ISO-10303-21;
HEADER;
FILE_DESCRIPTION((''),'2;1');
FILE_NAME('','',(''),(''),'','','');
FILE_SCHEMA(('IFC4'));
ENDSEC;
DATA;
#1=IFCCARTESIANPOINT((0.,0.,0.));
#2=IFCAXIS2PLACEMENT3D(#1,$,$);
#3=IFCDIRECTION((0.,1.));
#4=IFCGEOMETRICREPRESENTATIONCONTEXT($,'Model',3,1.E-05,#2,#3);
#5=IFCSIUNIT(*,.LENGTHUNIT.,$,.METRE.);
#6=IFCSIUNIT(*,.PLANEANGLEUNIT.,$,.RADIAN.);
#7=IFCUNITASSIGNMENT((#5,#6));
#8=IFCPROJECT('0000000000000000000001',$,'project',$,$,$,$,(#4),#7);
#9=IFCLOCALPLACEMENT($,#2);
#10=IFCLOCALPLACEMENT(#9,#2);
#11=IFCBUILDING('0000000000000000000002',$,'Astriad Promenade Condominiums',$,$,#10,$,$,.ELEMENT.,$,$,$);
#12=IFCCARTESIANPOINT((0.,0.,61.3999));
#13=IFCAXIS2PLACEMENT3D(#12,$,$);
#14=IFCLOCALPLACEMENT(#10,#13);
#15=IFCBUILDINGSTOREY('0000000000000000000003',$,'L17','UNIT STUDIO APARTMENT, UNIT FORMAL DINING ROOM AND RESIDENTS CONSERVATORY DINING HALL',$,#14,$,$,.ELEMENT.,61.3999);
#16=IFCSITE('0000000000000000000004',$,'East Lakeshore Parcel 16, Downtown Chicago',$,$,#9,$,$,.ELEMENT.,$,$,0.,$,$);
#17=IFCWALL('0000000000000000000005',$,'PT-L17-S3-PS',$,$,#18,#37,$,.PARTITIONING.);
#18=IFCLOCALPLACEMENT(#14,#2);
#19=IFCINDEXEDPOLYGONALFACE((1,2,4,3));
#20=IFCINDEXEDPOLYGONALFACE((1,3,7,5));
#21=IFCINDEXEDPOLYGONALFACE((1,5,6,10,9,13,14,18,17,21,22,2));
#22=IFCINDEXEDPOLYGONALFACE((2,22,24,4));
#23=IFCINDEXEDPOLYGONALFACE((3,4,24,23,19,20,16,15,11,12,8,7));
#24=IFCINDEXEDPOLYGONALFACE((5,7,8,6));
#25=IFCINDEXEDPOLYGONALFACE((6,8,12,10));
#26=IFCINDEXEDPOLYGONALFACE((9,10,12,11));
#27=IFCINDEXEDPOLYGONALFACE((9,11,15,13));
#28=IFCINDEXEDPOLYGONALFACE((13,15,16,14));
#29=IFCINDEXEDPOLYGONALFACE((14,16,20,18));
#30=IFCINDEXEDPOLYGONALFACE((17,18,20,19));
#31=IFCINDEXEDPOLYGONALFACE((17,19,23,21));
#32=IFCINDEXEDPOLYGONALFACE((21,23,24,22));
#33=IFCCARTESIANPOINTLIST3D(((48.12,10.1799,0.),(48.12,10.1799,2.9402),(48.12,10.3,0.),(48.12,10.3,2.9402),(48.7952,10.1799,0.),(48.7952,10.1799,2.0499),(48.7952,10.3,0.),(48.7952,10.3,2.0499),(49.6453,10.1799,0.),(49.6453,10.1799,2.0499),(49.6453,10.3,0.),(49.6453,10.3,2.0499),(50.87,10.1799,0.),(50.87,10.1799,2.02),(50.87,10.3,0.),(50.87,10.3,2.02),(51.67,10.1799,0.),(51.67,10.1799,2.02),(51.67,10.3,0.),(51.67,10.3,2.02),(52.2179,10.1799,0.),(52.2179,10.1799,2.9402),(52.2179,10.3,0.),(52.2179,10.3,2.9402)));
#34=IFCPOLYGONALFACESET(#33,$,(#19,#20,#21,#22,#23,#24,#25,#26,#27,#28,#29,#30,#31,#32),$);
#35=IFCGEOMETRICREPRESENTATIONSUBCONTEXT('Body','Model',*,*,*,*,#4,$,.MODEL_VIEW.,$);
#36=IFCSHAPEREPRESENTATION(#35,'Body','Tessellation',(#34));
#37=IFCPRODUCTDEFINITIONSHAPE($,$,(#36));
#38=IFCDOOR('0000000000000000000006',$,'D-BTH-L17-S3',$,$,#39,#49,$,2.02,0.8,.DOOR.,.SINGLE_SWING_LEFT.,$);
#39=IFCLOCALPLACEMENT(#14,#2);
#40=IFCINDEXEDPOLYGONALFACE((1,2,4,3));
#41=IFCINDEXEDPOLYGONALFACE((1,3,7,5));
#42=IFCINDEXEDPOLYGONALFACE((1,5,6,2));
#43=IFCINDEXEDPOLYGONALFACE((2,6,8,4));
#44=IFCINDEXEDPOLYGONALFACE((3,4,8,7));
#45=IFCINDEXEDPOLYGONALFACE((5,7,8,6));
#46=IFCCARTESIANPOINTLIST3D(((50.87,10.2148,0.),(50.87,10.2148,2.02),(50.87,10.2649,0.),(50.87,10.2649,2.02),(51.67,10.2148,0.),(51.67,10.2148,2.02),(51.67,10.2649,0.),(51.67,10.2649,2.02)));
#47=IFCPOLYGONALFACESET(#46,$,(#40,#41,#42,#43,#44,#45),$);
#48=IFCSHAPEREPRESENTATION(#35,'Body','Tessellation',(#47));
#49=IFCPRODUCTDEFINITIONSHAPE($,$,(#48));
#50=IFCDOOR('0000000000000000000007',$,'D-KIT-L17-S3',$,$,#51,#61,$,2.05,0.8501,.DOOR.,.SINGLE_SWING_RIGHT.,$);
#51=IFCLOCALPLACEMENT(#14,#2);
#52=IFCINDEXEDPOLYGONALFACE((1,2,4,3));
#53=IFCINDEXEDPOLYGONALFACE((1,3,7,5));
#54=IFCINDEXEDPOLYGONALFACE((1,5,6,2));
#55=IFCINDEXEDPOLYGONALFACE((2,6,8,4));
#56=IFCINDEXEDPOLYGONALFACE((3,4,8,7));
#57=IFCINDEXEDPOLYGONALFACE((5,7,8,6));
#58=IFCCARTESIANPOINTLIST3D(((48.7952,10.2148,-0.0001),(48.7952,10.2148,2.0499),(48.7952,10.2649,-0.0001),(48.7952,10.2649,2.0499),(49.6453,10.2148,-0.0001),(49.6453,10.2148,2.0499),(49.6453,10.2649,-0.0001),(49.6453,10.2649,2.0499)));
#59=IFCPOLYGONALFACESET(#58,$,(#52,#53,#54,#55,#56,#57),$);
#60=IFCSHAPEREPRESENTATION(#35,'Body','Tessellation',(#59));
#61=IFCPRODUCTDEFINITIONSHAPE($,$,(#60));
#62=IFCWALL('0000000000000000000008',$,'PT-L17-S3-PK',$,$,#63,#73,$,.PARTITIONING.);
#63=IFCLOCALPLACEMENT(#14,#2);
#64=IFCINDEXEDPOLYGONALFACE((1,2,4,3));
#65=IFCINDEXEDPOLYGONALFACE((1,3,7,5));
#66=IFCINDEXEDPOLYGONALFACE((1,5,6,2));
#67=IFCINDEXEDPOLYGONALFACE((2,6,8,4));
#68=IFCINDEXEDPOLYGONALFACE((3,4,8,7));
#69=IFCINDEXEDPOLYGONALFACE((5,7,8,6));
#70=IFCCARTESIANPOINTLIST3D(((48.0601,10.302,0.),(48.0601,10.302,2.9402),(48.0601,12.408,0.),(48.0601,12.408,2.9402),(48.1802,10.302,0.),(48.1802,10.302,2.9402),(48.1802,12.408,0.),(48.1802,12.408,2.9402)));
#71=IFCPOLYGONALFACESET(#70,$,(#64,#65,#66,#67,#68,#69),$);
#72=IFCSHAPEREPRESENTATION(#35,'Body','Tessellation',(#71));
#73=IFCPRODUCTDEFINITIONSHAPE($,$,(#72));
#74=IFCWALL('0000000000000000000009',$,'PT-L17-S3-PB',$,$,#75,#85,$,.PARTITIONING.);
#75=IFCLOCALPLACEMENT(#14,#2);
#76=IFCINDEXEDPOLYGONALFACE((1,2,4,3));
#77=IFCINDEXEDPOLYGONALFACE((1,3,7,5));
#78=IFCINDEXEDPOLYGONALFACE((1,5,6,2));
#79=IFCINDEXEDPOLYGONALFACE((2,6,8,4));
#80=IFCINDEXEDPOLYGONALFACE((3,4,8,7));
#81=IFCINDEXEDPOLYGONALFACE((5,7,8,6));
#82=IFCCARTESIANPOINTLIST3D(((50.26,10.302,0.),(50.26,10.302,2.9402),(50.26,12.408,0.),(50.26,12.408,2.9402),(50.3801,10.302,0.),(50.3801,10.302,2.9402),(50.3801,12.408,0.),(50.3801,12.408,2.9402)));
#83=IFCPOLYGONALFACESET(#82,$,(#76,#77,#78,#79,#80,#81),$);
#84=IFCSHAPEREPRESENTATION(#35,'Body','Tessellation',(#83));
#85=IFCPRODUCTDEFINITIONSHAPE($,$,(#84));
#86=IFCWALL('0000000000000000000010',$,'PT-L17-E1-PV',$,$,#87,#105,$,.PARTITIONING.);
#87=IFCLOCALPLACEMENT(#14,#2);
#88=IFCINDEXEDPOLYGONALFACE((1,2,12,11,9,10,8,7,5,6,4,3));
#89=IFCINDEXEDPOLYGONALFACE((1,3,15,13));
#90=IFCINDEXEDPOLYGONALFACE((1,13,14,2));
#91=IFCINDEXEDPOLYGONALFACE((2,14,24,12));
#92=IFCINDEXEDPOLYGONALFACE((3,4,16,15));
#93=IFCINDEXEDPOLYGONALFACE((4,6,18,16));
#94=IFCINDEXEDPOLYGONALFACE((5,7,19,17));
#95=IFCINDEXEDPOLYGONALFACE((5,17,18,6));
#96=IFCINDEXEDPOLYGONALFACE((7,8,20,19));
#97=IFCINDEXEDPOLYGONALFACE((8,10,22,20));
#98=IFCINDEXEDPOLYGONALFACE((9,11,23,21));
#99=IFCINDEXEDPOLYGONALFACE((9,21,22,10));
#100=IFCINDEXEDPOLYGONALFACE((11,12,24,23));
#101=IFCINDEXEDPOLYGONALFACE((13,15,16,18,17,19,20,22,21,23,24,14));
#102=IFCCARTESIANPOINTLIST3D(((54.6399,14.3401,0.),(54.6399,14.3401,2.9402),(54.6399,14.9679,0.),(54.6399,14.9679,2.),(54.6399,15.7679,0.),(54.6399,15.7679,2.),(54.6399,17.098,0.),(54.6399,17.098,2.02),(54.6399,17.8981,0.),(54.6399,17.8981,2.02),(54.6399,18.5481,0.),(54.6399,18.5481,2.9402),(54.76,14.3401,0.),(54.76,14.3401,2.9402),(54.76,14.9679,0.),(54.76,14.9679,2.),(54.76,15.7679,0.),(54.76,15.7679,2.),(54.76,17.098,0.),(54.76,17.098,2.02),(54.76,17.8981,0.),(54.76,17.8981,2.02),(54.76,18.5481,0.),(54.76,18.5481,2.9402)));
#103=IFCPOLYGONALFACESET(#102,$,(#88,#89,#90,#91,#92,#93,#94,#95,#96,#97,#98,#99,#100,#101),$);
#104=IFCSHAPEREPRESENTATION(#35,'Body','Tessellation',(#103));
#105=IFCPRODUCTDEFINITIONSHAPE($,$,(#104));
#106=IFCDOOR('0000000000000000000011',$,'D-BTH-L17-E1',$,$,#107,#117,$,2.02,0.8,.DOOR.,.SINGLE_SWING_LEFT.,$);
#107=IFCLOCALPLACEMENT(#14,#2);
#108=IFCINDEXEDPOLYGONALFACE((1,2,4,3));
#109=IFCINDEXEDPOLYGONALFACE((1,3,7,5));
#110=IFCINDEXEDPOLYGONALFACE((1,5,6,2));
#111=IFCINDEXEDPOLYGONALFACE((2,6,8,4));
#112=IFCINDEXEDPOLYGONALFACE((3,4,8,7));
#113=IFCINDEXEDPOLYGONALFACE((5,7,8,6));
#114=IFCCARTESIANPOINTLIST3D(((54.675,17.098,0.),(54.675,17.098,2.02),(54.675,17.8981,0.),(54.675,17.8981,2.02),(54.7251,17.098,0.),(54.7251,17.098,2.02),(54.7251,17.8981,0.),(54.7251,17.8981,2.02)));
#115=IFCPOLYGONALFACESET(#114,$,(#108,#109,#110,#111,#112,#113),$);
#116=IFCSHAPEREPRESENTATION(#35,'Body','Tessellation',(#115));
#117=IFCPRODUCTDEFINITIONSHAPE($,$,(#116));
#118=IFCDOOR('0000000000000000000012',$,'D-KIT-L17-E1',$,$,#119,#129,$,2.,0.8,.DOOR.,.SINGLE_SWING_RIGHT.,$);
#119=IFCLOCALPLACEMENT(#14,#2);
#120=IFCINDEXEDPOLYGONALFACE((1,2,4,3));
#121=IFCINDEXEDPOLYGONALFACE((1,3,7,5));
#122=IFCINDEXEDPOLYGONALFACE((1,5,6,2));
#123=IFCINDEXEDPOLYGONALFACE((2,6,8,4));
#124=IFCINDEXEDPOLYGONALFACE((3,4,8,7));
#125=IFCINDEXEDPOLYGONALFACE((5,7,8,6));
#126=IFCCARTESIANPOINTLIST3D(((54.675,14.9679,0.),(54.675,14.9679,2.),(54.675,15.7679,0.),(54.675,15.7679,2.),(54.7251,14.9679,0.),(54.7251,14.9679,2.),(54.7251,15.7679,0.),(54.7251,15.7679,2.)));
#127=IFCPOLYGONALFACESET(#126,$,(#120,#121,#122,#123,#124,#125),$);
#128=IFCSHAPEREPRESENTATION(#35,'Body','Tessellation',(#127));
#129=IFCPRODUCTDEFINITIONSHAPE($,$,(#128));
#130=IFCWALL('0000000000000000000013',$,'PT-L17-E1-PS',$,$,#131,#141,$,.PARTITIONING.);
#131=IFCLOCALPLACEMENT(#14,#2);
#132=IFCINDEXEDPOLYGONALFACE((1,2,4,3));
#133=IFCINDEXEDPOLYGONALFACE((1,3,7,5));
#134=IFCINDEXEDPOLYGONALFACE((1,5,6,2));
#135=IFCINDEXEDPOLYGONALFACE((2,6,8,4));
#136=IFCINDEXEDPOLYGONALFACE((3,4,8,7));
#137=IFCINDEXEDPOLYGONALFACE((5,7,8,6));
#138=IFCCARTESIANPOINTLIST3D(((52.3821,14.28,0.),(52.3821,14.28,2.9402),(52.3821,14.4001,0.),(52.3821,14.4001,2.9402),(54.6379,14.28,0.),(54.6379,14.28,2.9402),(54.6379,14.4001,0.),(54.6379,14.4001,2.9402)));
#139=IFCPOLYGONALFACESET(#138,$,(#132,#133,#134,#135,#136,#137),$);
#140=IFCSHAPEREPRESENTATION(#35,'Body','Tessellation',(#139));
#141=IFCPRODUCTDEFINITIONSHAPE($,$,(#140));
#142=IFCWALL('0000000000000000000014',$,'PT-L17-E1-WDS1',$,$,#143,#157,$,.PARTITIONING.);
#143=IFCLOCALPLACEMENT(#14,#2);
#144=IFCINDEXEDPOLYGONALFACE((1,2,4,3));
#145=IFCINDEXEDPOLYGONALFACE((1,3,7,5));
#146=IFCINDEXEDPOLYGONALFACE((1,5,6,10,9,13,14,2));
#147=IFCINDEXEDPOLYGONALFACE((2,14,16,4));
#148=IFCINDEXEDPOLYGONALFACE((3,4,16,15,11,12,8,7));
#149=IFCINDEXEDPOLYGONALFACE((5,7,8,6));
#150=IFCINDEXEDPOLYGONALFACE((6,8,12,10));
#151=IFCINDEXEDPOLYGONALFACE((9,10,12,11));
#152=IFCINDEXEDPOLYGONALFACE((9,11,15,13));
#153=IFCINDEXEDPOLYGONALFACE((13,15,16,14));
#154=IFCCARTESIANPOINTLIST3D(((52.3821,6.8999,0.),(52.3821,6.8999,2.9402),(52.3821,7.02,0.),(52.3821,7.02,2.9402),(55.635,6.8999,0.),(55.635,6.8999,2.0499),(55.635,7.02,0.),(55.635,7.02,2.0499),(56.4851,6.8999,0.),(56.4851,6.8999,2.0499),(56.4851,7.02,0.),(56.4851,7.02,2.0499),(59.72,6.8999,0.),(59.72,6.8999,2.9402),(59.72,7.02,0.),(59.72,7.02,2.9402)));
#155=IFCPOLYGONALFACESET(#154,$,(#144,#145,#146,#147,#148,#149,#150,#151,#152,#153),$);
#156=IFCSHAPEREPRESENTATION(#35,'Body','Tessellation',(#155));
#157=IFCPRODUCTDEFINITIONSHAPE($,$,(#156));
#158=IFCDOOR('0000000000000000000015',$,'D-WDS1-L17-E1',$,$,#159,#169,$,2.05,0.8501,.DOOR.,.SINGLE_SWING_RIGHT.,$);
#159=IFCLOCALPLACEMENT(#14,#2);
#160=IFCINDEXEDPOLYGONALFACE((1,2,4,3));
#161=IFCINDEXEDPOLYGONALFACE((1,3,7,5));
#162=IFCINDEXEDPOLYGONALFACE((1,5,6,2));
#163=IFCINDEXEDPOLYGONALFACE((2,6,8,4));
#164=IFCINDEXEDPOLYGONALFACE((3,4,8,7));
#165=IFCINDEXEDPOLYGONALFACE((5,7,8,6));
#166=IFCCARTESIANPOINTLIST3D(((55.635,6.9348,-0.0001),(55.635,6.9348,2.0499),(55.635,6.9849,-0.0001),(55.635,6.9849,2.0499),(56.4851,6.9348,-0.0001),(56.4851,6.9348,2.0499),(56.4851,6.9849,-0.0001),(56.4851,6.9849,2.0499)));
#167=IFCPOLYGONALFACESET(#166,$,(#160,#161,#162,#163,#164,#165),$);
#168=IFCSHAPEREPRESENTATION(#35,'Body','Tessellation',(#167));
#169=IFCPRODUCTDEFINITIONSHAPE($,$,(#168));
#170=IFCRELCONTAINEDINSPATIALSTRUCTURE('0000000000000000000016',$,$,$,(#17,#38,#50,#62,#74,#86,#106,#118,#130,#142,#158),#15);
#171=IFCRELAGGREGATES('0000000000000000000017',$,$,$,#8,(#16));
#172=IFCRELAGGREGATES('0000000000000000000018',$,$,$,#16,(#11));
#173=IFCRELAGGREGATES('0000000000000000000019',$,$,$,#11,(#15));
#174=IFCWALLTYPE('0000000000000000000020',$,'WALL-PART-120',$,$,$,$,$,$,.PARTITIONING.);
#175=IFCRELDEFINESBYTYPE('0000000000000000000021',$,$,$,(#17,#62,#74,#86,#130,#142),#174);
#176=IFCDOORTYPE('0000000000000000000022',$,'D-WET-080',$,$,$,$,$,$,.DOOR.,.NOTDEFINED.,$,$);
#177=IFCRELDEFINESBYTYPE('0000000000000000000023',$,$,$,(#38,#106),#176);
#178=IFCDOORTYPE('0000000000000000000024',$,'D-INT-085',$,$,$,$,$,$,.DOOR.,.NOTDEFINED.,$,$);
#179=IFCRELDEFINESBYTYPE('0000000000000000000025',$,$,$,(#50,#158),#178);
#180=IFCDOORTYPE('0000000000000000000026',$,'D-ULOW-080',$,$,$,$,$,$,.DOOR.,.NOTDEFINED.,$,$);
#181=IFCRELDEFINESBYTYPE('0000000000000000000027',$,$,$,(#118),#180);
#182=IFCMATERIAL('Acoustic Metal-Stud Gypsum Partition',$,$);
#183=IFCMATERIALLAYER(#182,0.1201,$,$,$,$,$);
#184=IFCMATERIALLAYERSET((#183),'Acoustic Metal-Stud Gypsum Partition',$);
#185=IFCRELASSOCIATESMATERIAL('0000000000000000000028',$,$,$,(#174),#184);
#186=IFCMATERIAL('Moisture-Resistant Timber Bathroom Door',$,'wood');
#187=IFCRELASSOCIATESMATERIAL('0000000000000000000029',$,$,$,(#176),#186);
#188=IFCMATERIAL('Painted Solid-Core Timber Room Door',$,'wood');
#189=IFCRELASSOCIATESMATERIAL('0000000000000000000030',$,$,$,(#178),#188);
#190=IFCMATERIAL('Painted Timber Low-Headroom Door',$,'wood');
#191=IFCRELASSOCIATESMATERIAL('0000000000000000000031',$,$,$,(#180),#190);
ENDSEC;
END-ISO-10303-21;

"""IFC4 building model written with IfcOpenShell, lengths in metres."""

from ifc_helpers import new_model, si_unit, direction, frame, frame_2d, origin, place, context, subcontext, project, spatial, rectangle, extrude, source, transform, mapped, material, layer, layer_set, type_object, type_shapes, element, fill, save


model = new_model("IFC4")

# Units and contexts
model_context = context("Model", 3, precision=1e-05, world=origin(), true_north=direction((0.0, 1.0)))
body_context = subcontext(model_context, "Body", "Model", "MODEL_VIEW")
ifc_project = project(units=[si_unit("LENGTHUNIT", "METRE"), si_unit("PLANEANGLEUNIT", "RADIAN")], contexts=[model_context])

# Site, building, storey
site_placement = place(None, origin())
site = spatial("IfcSite", under=ifc_project, at=site_placement, Name="East Lakeshore Parcel 16, Downtown Chicago", CompositionType="ELEMENT", RefElevation=0.0)
building_placement = place(site_placement, origin())
building = spatial("IfcBuilding", under=site, at=building_placement, Name="Astriad Promenade Condominiums", CompositionType="ELEMENT")
storey_placement = place(building_placement, frame((0.0, 0.0, 61.3999)))
storey = spatial("IfcBuildingStorey", under=building, at=storey_placement, Name="L17", Description="UNIT STUDIO APARTMENT, UNIT FORMAL DINING ROOM AND RESIDENTS CONSERVATORY DINING HALL", CompositionType="ELEMENT", Elevation=61.3999)

# Wall, openings, doors
ifc_material_1 = material(Name="Acoustic Metal-Stud Gypsum Partition")
ifc_layer_1 = layer(ifc_material_1, 0.1201)
ifc_layer_set_1 = layer_set([ifc_layer_1], Name="Acoustic Metal-Stud Gypsum Partition")
wall_type_1 = type_object("IfcWallType", Name="WALL-PART-120", PredefinedType="PARTITIONING", material=ifc_layer_set_1)
wall_1_placement = place(storey_placement, frame((48.1201, 10.24, 0.0), z_axis=(0.0, 0.0, 1.0), x_axis=(1.0, 0.0, 0.0)))
wall_1 = element("IfcWall", 1, at=wall_1_placement, inside=storey, type_object=wall_type_1, Name="PT-L17-S3-PS", PredefinedType="PARTITIONING", context=body_context, shape_type="SweptSolid", body=[
    extrude(rectangle(XDim=4.0979, YDim=0.1201, at=frame_2d((2.0488, 0.0))), origin(), (0.0, 0.0, 1.0), 2.9402),
])
opening_1_placement = place(wall_1_placement, frame((0.675, 0.0, 0.0)))
opening_1 = element("IfcOpeningElement", 2, at=opening_1_placement, cuts=wall_1, PredefinedType="OPENING", context=body_context, shape_type="SweptSolid", body=[
    extrude(rectangle(XDim=0.8501, YDim=2.05, at=frame_2d((0.425, 1.0249))), frame((0.0, 0.0701, 0.0), z_axis=(0.0, -1.0, 0.0), x_axis=(1.0, 0.0, 0.0)), (0.0, 0.0, 1.0), 0.1401),
])
opening_2_placement = place(wall_1_placement, frame((2.75, 0.0, 0.0)))
opening_2 = element("IfcOpeningElement", 3, at=opening_2_placement, cuts=wall_1, PredefinedType="OPENING", context=body_context, shape_type="SweptSolid", body=[
    extrude(rectangle(XDim=0.8, YDim=2.02, at=frame_2d((0.3999, 1.01))), frame((0.0, 0.0701, 0.0), z_axis=(0.0, -1.0, 0.0), x_axis=(1.0, 0.0, 0.0)), (0.0, 0.0, 1.0), 0.1401),
])
ifc_material_2 = material(Name="Moisture-Resistant Timber Bathroom Door", Category="wood")
door_type_1 = type_object("IfcDoorType", Name="D-WET-080", OperationType="NOTDEFINED", PredefinedType="DOOR", material=ifc_material_2)
shared_shape_1 = source(origin(), body_context, "Body", "SweptSolid", [
    extrude(rectangle(XDim=0.8, YDim=2.02, at=frame_2d((0.3999, 1.01))), frame((0.0, 0.0249, 0.0), z_axis=(0.0, -1.0, 0.0), x_axis=(1.0, 0.0, 0.0)), (0.0, 0.0, 1.0), 0.05),
])
type_shapes(door_type_1, [shared_shape_1])
door_1_placement = place(opening_2_placement, origin())
door_1 = element("IfcDoor", 4, at=door_1_placement, inside=storey, type_object=door_type_1, Name="D-BTH-L17-S3", OperationType="SINGLE_SWING_LEFT", OverallHeight=2.02, OverallWidth=0.8, PredefinedType="DOOR", context=body_context, shape_type="MappedRepresentation", body=[
    mapped(shared_shape_1, transform((0.0, 0.0, 0.0), scale=1.0)),
])
fill(opening_2, door_1)
ifc_material_3 = material(Name="Painted Solid-Core Timber Room Door", Category="wood")
door_type_2 = type_object("IfcDoorType", Name="D-INT-085", OperationType="NOTDEFINED", PredefinedType="DOOR", material=ifc_material_3)
shared_shape_2 = source(origin(), body_context, "Body", "SweptSolid", [
    extrude(rectangle(XDim=0.8501, YDim=2.05, at=frame_2d((0.425, 1.0249))), frame((0.0, 0.0249, 0.0), z_axis=(0.0, -1.0, 0.0), x_axis=(1.0, 0.0, 0.0)), (0.0, 0.0, 1.0), 0.05),
])
type_shapes(door_type_2, [shared_shape_2])
door_2_placement = place(opening_1_placement, origin())
door_2 = element("IfcDoor", 5, at=door_2_placement, inside=storey, type_object=door_type_2, Name="D-KIT-L17-S3", OperationType="SINGLE_SWING_RIGHT", OverallHeight=2.05, OverallWidth=0.8501, PredefinedType="DOOR", context=body_context, shape_type="MappedRepresentation", body=[
    mapped(shared_shape_2, transform((0.0, 0.0, 0.0), scale=1.0)),
])
fill(opening_1, door_2)

# Walls
for number, where, z_axis, x_axis, name in (
    (6, (48.1201, 10.302, 0.0), (0.0, 0.0, 1.0), (0.0, 1.0, 0.0), "PT-L17-S3-PK"),
    (7, (50.3201, 10.302, 0.0), (0.0, 0.0, 1.0), (0.0, 1.0, 0.0), "PT-L17-S3-PB"),
):
    element("IfcWall", number, at=place(storey_placement, frame(where, z_axis=z_axis, x_axis=x_axis)), inside=storey, type_object=wall_type_1, Name=name, PredefinedType="PARTITIONING", context=body_context, shape_type="SweptSolid", body=[
        extrude(rectangle(XDim=2.106, YDim=0.1201, at=frame_2d((1.053, 0.0))), origin(), (0.0, 0.0, 1.0), 2.9402),
    ])

# Wall, openings, doors
wall_2_placement = place(storey_placement, frame((54.7, 14.3401, 0.0), z_axis=(0.0, 0.0, 1.0), x_axis=(0.0, 1.0, 0.0)))
wall_2 = element("IfcWall", 8, at=wall_2_placement, inside=storey, type_object=wall_type_1, Name="PT-L17-E1-PV", PredefinedType="PARTITIONING", context=body_context, shape_type="SweptSolid", body=[
    extrude(rectangle(XDim=4.208, YDim=0.1201, at=frame_2d((2.104, 0.0))), origin(), (0.0, 0.0, 1.0), 2.9402),
])
opening_3_placement = place(wall_2_placement, frame((0.6279, 0.0, 0.0)))
opening_3 = element("IfcOpeningElement", 9, at=opening_3_placement, cuts=wall_2, PredefinedType="OPENING", context=body_context, shape_type="SweptSolid", body=[
    extrude(rectangle(XDim=0.8, YDim=2.0, at=frame_2d((0.3999, 1.0))), frame((0.0, 0.0701, 0.0), z_axis=(0.0, -1.0, 0.0), x_axis=(1.0, 0.0, 0.0)), (0.0, 0.0, 1.0), 0.1401),
])
opening_4_placement = place(wall_2_placement, frame((2.7581, 0.0, 0.0)))
opening_4 = element("IfcOpeningElement", 10, at=opening_4_placement, cuts=wall_2, PredefinedType="OPENING", context=body_context, shape_type="SweptSolid", body=[
    extrude(rectangle(XDim=0.8, YDim=2.02, at=frame_2d((0.3999, 1.01))), frame((0.0, 0.0701, 0.0), z_axis=(0.0, -1.0, 0.0), x_axis=(1.0, 0.0, 0.0)), (0.0, 0.0, 1.0), 0.1401),
])
door_3_placement = place(opening_4_placement, origin())
door_3 = element("IfcDoor", 11, at=door_3_placement, inside=storey, type_object=door_type_1, Name="D-BTH-L17-E1", OperationType="SINGLE_SWING_LEFT", OverallHeight=2.02, OverallWidth=0.8, PredefinedType="DOOR", context=body_context, shape_type="MappedRepresentation", body=[
    mapped(shared_shape_1, transform((0.0, 0.0, 0.0), scale=1.0)),
])
fill(opening_4, door_3)
ifc_material_4 = material(Name="Painted Timber Low-Headroom Door", Category="wood")
door_type_3 = type_object("IfcDoorType", Name="D-ULOW-080", OperationType="NOTDEFINED", PredefinedType="DOOR", material=ifc_material_4)
shared_shape_3 = source(origin(), body_context, "Body", "SweptSolid", [
    extrude(rectangle(XDim=0.8, YDim=2.0, at=frame_2d((0.3999, 1.0))), frame((0.0, 0.0249, 0.0), z_axis=(0.0, -1.0, 0.0), x_axis=(1.0, 0.0, 0.0)), (0.0, 0.0, 1.0), 0.05),
])
type_shapes(door_type_3, [shared_shape_3])
door_4_placement = place(opening_3_placement, origin())
door_4 = element("IfcDoor", 12, at=door_4_placement, inside=storey, type_object=door_type_3, Name="D-KIT-L17-E1", OperationType="SINGLE_SWING_RIGHT", OverallHeight=2.0, OverallWidth=0.8, PredefinedType="DOOR", context=body_context, shape_type="MappedRepresentation", body=[
    mapped(shared_shape_3, transform((0.0, 0.0, 0.0), scale=1.0)),
])
fill(opening_3, door_4)

# Wall
wall_3_placement = place(storey_placement, frame((52.3821, 14.3401, 0.0), z_axis=(0.0, 0.0, 1.0), x_axis=(1.0, 0.0, 0.0)))
element("IfcWall", 13, at=wall_3_placement, inside=storey, type_object=wall_type_1, Name="PT-L17-E1-PS", PredefinedType="PARTITIONING", context=body_context, shape_type="SweptSolid", body=[
    extrude(rectangle(XDim=2.2559, YDim=0.1201, at=frame_2d((1.1279, 0.0))), origin(), (0.0, 0.0, 1.0), 2.9402),
])

# Wall, opening, door
wall_4_placement = place(storey_placement, frame((52.3821, 6.96, 0.0), z_axis=(0.0, 0.0, 1.0), x_axis=(1.0, 0.0, 0.0)))
wall_4 = element("IfcWall", 14, at=wall_4_placement, inside=storey, type_object=wall_type_1, Name="PT-L17-E1-WDS1", PredefinedType="PARTITIONING", context=body_context, shape_type="SweptSolid", body=[
    extrude(rectangle(XDim=7.3379, YDim=0.1201, at=frame_2d((3.6689, 0.0))), origin(), (0.0, 0.0, 1.0), 2.9402),
])
opening_5_placement = place(wall_4_placement, frame((3.2529, 0.0, 0.0)))
opening_5 = element("IfcOpeningElement", 15, at=opening_5_placement, cuts=wall_4, PredefinedType="OPENING", context=body_context, shape_type="SweptSolid", body=[
    extrude(rectangle(XDim=0.8501, YDim=2.05, at=frame_2d((0.425, 1.0249))), frame((0.0, 0.0701, 0.0), z_axis=(0.0, -1.0, 0.0), x_axis=(1.0, 0.0, 0.0)), (0.0, 0.0, 1.0), 0.1401),
])
door_5_placement = place(opening_5_placement, origin())
door_5 = element("IfcDoor", 16, at=door_5_placement, inside=storey, type_object=door_type_2, Name="D-WDS1-L17-E1", OperationType="SINGLE_SWING_RIGHT", OverallHeight=2.05, OverallWidth=0.8501, PredefinedType="DOOR", context=body_context, shape_type="MappedRepresentation", body=[
    mapped(shared_shape_2, transform((0.0, 0.0, 0.0), scale=1.0)),
])
fill(opening_5, door_5)

save(model, "model.ifc")
